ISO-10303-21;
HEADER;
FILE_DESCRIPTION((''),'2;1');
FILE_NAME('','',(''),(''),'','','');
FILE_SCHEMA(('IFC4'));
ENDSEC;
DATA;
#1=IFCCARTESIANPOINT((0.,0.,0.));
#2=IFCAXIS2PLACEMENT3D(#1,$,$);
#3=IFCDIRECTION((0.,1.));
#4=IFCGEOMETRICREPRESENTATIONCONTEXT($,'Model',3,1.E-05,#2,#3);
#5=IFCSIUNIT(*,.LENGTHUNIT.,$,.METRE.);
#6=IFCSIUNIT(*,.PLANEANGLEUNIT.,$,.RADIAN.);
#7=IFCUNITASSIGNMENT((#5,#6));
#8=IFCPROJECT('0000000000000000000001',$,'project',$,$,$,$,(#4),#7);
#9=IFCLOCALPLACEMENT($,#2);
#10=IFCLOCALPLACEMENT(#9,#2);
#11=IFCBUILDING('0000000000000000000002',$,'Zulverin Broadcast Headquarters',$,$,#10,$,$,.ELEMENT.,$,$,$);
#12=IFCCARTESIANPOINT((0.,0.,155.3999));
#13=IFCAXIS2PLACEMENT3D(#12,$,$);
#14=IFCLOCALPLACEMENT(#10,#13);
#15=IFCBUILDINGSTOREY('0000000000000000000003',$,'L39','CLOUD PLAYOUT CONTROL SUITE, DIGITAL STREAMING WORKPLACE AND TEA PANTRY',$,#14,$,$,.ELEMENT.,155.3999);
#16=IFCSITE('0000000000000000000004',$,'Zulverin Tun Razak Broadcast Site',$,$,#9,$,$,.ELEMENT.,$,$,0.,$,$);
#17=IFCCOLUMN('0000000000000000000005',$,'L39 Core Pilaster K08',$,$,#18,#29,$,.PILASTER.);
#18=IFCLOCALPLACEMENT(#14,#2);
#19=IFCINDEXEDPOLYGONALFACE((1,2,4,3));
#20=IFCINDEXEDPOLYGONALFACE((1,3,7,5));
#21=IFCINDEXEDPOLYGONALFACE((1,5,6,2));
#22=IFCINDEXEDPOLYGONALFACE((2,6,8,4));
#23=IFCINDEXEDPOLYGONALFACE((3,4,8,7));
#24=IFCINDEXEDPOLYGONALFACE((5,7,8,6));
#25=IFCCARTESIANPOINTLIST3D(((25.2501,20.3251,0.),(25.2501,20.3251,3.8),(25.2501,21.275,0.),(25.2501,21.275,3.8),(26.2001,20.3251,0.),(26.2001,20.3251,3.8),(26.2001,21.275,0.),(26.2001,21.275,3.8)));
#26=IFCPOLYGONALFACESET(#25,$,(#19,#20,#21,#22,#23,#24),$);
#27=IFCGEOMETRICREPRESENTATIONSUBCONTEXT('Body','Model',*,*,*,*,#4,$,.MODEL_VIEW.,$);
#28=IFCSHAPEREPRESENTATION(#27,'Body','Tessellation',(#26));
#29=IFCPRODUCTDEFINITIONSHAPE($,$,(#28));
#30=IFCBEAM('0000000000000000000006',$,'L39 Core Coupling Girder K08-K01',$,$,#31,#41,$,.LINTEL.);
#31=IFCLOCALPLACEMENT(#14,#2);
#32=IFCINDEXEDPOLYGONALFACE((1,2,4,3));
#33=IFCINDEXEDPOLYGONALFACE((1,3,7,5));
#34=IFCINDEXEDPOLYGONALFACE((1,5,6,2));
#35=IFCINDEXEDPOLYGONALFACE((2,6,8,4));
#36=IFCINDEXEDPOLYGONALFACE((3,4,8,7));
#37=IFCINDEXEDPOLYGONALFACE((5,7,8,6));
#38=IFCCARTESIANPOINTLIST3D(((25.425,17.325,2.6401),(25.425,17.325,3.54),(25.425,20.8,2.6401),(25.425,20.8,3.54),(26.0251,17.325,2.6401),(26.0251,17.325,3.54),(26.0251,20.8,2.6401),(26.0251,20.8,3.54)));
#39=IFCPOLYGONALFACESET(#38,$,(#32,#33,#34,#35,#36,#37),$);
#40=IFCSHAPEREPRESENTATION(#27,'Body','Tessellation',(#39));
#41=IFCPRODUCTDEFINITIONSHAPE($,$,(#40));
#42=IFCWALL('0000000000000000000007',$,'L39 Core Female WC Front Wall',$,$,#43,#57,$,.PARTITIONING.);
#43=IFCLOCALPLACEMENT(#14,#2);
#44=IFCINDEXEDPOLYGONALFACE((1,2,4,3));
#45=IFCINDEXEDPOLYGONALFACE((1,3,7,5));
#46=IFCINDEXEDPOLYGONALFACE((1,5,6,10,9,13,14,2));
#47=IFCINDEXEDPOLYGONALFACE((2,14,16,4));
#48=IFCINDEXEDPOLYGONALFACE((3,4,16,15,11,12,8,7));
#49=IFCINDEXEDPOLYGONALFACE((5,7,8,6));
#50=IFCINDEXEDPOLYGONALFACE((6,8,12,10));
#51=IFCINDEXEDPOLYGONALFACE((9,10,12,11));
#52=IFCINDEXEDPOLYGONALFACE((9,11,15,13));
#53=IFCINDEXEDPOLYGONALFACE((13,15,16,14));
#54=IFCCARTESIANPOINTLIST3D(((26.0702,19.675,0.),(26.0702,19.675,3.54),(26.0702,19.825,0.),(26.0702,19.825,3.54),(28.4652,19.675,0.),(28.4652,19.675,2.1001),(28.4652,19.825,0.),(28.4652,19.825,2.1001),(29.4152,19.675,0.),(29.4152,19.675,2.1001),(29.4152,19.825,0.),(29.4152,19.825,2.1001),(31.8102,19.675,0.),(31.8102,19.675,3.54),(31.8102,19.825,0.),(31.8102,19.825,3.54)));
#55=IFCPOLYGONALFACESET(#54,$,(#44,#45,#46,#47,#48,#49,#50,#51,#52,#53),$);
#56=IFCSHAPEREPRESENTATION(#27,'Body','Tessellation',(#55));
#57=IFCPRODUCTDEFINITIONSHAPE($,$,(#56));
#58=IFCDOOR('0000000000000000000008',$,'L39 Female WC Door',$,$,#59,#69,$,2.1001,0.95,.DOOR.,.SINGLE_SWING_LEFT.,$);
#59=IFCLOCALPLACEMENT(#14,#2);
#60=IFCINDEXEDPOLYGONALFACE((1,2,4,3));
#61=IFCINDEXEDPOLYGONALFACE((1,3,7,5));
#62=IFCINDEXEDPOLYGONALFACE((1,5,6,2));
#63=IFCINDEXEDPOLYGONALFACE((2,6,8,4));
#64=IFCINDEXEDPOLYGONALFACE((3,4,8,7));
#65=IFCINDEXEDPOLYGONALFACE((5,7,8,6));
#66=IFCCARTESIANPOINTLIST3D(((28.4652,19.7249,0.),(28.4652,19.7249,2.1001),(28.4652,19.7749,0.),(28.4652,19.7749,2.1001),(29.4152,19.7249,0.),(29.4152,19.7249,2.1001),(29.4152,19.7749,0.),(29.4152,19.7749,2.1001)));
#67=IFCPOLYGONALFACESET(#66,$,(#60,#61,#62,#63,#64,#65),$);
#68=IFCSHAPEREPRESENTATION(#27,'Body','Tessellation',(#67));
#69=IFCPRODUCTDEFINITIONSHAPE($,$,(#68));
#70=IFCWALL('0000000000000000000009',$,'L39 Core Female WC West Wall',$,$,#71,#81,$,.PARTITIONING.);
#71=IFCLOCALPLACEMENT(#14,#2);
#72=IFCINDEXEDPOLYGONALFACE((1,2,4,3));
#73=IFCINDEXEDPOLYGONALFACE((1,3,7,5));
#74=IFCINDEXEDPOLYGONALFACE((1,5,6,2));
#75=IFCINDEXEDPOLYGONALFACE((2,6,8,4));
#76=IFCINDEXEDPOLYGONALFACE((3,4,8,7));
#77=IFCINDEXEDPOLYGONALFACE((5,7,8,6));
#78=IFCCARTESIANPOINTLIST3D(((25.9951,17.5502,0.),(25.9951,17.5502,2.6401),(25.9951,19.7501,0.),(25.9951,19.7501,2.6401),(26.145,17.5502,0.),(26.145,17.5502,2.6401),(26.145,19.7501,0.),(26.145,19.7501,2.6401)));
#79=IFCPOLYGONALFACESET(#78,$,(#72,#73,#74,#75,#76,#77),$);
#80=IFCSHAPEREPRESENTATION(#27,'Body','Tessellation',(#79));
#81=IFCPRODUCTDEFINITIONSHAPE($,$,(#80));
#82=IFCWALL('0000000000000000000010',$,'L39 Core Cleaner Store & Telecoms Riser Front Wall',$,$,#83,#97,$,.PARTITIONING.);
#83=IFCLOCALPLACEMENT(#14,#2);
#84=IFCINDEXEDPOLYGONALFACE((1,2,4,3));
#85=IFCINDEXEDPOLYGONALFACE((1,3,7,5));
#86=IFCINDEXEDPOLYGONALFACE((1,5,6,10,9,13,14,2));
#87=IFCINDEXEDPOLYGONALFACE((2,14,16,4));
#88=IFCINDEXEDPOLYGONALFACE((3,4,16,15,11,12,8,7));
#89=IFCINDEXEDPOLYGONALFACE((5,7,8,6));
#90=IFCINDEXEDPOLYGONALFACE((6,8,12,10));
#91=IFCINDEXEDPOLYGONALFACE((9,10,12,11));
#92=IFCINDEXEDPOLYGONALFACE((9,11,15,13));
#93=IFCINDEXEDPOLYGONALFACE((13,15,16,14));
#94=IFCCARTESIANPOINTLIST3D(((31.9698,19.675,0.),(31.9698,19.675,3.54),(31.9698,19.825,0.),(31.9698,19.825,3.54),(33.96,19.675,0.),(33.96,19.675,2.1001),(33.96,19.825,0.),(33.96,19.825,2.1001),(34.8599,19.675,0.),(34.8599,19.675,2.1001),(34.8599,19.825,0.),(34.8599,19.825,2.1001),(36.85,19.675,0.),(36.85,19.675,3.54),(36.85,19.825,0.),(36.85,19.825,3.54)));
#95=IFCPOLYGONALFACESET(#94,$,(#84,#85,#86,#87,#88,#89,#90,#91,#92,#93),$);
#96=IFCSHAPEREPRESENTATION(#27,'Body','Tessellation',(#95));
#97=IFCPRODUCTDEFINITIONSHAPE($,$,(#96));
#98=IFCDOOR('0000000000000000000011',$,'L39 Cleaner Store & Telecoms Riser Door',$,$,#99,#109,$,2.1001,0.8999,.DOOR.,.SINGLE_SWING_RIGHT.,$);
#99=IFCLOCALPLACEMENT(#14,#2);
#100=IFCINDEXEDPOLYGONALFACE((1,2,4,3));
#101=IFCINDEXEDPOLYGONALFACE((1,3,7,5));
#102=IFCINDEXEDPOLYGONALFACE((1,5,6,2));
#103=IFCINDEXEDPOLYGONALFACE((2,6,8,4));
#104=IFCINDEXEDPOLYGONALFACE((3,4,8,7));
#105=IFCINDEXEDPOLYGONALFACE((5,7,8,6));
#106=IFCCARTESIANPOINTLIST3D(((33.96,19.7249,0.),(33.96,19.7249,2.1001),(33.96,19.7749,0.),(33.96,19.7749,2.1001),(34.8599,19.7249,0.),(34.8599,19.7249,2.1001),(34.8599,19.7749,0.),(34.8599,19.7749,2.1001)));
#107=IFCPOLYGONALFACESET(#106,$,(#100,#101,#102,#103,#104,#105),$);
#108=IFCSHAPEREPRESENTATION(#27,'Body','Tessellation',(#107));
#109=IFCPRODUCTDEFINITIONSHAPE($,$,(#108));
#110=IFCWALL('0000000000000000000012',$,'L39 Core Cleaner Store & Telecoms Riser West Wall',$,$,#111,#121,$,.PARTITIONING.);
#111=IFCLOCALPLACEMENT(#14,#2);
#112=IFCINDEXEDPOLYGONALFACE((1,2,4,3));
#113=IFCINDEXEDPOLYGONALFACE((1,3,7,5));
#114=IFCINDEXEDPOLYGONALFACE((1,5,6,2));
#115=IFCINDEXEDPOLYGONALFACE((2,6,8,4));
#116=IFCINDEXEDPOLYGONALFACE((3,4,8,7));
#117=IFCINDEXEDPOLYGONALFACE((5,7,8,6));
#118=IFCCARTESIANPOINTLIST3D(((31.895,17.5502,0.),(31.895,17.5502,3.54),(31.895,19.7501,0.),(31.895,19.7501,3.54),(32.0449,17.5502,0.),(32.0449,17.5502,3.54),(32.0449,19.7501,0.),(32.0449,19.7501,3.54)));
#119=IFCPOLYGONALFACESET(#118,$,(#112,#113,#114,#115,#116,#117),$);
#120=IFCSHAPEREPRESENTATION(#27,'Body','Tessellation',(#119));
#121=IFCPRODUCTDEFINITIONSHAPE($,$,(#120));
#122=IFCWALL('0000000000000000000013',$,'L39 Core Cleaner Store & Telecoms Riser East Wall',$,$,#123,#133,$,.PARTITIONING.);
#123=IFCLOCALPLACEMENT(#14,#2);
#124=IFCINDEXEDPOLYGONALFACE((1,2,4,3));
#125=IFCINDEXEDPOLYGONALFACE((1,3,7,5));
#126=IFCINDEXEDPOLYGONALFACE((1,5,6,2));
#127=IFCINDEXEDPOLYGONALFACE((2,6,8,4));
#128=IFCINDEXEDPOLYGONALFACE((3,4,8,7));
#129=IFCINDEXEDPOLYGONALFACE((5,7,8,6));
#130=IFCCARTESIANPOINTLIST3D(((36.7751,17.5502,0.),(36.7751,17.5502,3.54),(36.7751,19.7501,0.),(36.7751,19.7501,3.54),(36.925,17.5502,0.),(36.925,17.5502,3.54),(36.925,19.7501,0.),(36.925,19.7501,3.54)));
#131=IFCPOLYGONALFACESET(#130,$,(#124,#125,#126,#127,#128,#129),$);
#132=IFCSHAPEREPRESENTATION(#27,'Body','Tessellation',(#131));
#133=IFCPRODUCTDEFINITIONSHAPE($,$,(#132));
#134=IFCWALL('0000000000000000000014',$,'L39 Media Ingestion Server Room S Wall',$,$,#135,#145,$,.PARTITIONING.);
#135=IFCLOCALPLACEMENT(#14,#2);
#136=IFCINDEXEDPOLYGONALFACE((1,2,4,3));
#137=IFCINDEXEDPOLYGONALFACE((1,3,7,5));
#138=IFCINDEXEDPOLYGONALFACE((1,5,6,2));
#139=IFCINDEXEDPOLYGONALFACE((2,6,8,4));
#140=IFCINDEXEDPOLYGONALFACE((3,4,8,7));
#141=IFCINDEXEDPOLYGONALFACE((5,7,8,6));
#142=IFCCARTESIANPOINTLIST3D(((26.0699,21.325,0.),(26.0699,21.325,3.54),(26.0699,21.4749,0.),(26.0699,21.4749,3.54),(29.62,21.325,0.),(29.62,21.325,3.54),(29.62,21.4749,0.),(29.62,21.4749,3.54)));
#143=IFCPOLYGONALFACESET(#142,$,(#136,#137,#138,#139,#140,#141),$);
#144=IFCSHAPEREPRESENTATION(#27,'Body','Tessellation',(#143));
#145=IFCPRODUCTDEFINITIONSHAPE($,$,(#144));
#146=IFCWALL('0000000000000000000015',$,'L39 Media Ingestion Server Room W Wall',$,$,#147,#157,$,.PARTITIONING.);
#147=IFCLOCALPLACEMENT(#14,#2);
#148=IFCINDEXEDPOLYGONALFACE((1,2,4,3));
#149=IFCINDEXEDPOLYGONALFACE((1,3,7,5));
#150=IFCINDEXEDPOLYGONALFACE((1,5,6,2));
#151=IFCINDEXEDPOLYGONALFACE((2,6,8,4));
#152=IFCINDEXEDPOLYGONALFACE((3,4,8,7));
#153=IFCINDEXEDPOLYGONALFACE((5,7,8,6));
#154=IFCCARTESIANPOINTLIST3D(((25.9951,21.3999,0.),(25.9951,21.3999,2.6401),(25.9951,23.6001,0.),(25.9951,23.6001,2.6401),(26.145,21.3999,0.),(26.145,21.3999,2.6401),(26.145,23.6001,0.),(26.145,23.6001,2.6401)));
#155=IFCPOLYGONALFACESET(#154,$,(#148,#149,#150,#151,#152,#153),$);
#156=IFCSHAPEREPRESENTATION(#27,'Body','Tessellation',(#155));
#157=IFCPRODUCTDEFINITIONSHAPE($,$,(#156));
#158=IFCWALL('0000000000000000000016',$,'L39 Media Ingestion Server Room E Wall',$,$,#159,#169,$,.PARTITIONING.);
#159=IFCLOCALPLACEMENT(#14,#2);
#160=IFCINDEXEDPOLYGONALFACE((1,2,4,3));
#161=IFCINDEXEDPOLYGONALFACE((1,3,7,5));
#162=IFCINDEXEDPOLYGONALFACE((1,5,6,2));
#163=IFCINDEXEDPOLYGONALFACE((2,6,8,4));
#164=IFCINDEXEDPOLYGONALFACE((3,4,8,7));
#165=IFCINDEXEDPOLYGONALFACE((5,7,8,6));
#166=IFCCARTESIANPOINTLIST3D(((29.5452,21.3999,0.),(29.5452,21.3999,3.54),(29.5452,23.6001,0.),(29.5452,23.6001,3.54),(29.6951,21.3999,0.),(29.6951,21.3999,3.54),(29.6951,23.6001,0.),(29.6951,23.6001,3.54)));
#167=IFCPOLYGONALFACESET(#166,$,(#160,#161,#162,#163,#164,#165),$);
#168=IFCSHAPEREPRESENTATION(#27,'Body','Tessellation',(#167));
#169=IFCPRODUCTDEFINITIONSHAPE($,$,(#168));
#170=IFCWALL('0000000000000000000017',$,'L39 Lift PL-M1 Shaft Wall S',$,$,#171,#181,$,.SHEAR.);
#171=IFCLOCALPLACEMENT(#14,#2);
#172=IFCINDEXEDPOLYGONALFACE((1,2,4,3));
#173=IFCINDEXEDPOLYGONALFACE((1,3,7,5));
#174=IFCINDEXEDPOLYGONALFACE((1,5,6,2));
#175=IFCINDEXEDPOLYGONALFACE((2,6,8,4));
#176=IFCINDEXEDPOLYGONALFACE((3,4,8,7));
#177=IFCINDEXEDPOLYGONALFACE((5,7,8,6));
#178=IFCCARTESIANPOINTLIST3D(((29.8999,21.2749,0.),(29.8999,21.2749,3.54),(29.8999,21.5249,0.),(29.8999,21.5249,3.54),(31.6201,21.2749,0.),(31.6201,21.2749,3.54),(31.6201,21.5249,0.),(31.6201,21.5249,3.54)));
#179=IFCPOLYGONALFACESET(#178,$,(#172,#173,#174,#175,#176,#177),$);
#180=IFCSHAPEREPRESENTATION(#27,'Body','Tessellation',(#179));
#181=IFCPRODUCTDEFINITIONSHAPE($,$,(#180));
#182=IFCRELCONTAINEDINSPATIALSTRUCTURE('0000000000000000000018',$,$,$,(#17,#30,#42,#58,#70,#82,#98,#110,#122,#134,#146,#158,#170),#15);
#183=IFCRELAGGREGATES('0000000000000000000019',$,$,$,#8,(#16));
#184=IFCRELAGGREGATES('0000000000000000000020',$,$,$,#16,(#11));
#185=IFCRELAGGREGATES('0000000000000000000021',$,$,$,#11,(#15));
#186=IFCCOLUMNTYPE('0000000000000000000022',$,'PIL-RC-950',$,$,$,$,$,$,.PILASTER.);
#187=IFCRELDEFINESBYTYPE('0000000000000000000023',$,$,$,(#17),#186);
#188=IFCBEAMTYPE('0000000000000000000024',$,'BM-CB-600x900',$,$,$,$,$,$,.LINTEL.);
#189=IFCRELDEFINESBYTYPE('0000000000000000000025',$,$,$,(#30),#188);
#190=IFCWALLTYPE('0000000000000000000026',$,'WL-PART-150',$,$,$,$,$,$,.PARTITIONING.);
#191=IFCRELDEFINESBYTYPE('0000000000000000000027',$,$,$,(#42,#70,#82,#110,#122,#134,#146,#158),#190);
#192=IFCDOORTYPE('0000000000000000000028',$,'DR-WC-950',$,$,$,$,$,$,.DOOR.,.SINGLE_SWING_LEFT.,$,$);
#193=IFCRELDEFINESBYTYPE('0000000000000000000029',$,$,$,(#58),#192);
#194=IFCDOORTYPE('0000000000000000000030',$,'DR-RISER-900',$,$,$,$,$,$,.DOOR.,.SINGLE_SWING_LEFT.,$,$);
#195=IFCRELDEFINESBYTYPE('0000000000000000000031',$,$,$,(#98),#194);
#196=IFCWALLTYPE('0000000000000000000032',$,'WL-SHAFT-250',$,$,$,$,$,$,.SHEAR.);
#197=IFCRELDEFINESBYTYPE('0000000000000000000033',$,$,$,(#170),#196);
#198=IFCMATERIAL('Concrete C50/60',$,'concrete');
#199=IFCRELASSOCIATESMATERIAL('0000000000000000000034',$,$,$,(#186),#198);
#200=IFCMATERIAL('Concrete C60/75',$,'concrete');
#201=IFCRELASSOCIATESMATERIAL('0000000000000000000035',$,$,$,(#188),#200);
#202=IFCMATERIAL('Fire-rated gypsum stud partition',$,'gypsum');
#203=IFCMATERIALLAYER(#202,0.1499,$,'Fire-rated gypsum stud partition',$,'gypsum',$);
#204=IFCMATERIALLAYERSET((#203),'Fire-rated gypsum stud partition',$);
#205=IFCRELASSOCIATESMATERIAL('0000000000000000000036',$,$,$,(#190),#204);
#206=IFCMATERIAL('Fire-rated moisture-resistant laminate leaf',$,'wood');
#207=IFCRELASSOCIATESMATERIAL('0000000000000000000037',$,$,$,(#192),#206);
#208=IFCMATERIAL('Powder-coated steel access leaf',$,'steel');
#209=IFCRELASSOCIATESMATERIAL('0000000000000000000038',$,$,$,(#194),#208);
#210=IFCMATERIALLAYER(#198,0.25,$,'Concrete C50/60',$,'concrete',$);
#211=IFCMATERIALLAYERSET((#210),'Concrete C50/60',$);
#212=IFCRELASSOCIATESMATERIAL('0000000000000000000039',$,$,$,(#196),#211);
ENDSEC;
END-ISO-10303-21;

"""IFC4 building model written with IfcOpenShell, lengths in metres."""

from ifc_helpers import new_model, si_unit, direction, frame, frame_2d, origin, origin_2d, place, context, subcontext, project, spatial, rectangle, extrude, material, layer, layer_set, material_profile, profile_set, type_object, element, fill, save


model = new_model("IFC4")

# Units and contexts
model_context = context("Model", 3, precision=1e-05, world=origin(), true_north=direction((0.0, 1.0)))
body_context = subcontext(model_context, "Body", "Model", "MODEL_VIEW")
ifc_project = project(units=[si_unit("LENGTHUNIT", "METRE"), si_unit("PLANEANGLEUNIT", "RADIAN")], contexts=[model_context])

# Site, building, storey
site_placement = place(None, origin())
site = spatial("IfcSite", under=ifc_project, at=site_placement, Name="Zulverin Tun Razak Broadcast Site", CompositionType="ELEMENT", RefElevation=0.0)
building_placement = place(site_placement, origin())
building = spatial("IfcBuilding", under=site, at=building_placement, Name="Zulverin Broadcast Headquarters", CompositionType="ELEMENT")
storey_placement = place(building_placement, frame((0.0, 0.0, 155.3999)))
storey = spatial("IfcBuildingStorey", under=building, at=storey_placement, Name="L39", Description="CLOUD PLAYOUT CONTROL SUITE, DIGITAL STREAMING WORKPLACE AND TEA PANTRY", CompositionType="ELEMENT", Elevation=155.3999)

# Column
ifc_material_1 = material(Name="Concrete C50/60", Category="concrete")
ifc_material_profile_1 = material_profile(ifc_material_1, rectangle(XDim=0.95, YDim=0.95, at=origin_2d()), Name="Concrete C50/60", Category="concrete")
ifc_profile_set_1 = profile_set([ifc_material_profile_1], Name="Concrete C50/60")
column_type = type_object("IfcColumnType", Name="PIL-RC-950", PredefinedType="PILASTER", material=ifc_profile_set_1)
column_placement = place(storey_placement, frame((25.7251, 20.8, 0.0), z_axis=(0.0, 0.0, 1.0), x_axis=(1.0, 0.0, 0.0)))
element("IfcColumn", 1, at=column_placement, inside=storey, type_object=column_type, Name="L39 Core Pilaster K08", PredefinedType="PILASTER", context=body_context, shape_type="SweptSolid", body=[
    extrude(rectangle(XDim=0.95, YDim=0.95, at=origin_2d()), origin(), (0.0, 0.0, 1.0), 3.8),
])

# Beam
ifc_material_2 = material(Name="Concrete C60/75", Category="concrete")
ifc_material_profile_2 = material_profile(ifc_material_2, rectangle(XDim=0.6001, YDim=0.8999, at=origin_2d()), Name="Concrete C60/75", Category="concrete")
ifc_profile_set_2 = profile_set([ifc_material_profile_2], Name="Concrete C60/75")
beam_type = type_object("IfcBeamType", Name="BM-CB-600x900", PredefinedType="LINTEL", material=ifc_profile_set_2)
beam_placement = place(storey_placement, frame((25.7251, 20.8, 3.0901), z_axis=(0.0, -1.0, 0.0), x_axis=(1.0, 0.0, 0.0)))
element("IfcBeam", 2, at=beam_placement, inside=storey, type_object=beam_type, Name="L39 Core Coupling Girder K08-K01", PredefinedType="LINTEL", context=body_context, shape_type="SweptSolid", body=[
    extrude(rectangle(XDim=0.6001, YDim=0.8999, at=origin_2d()), origin(), (0.0, 0.0, 1.0), 3.4751),
])

# Wall, opening, door
ifc_material_3 = material(Name="Fire-rated gypsum stud partition", Category="gypsum")
ifc_layer_1 = layer(ifc_material_3, 0.1499, Name="Fire-rated gypsum stud partition", Category="gypsum")
ifc_layer_set_1 = layer_set([ifc_layer_1], Name="Fire-rated gypsum stud partition")
wall_type_1 = type_object("IfcWallType", Name="WL-PART-150", PredefinedType="PARTITIONING", material=ifc_layer_set_1)
wall_1_placement = place(storey_placement, frame((26.0701, 19.75, 0.0), z_axis=(0.0, 0.0, 1.0), x_axis=(1.0, 0.0, 0.0)))
wall_1 = element("IfcWall", 3, at=wall_1_placement, inside=storey, type_object=wall_type_1, Name="L39 Core Female WC Front Wall", PredefinedType="PARTITIONING", context=body_context, shape_type="SweptSolid", body=[
    extrude(rectangle(XDim=5.74, YDim=0.1499, at=frame_2d((2.8701, 0.0))), origin(), (0.0, 0.0, 1.0), 3.54),
])
opening_1_placement = place(wall_1_placement, frame((2.395, 0.0, 0.0)))
opening_1 = element("IfcOpeningElement", 4, at=opening_1_placement, cuts=wall_1, PredefinedType="OPENING", context=body_context, shape_type="SweptSolid", body=[
    extrude(rectangle(XDim=0.95, YDim=2.1001, at=frame_2d((0.4751, 1.05))), frame((0.0, 0.085, 0.0), z_axis=(0.0, -1.0, 0.0), x_axis=(1.0, 0.0, 0.0)), (0.0, 0.0, 1.0), 0.1699),
])
ifc_material_4 = material(Name="Fire-rated moisture-resistant laminate leaf", Category="wood")
door_type_1 = type_object("IfcDoorType", Name="DR-WC-950", OperationType="SINGLE_SWING_LEFT", PredefinedType="DOOR", material=ifc_material_4)
door_1_placement = place(opening_1_placement, origin())
door_1 = element("IfcDoor", 5, at=door_1_placement, inside=storey, type_object=door_type_1, Name="L39 Female WC Door", OperationType="SINGLE_SWING_LEFT", OverallHeight=2.1001, OverallWidth=0.95, PredefinedType="DOOR", context=body_context, shape_type="SweptSolid", body=[
    extrude(rectangle(XDim=0.95, YDim=2.1001, at=frame_2d((0.4751, 1.05))), frame((0.0, 0.0249, 0.0), z_axis=(0.0, -1.0, 0.0), x_axis=(1.0, 0.0, 0.0)), (0.0, 0.0, 1.0), 0.05),
])
fill(opening_1, door_1)

# Wall
wall_2_placement = place(storey_placement, frame((26.0701, 17.55, 0.0), z_axis=(0.0, 0.0, 1.0), x_axis=(0.0, 1.0, 0.0)))
element("IfcWall", 6, at=wall_2_placement, inside=storey, type_object=wall_type_1, Name="L39 Core Female WC West Wall", PredefinedType="PARTITIONING", context=body_context, shape_type="SweptSolid", body=[
    extrude(rectangle(XDim=2.2, YDim=0.1499, at=frame_2d((1.1001, 0.0))), origin(), (0.0, 0.0, 1.0), 2.6401),
])

# Wall, opening, door
wall_3_placement = place(storey_placement, frame((31.97, 19.75, 0.0), z_axis=(0.0, 0.0, 1.0), x_axis=(1.0, 0.0, 0.0)))
wall_3 = element("IfcWall", 7, at=wall_3_placement, inside=storey, type_object=wall_type_1, Name="L39 Core Cleaner Store & Telecoms Riser Front Wall", PredefinedType="PARTITIONING", context=body_context, shape_type="SweptSolid", body=[
    extrude(rectangle(XDim=4.8801, YDim=0.1499, at=frame_2d((2.4399, 0.0))), origin(), (0.0, 0.0, 1.0), 3.54),
])
opening_2_placement = place(wall_3_placement, frame((1.99, 0.0, 0.0)))
opening_2 = element("IfcOpeningElement", 8, at=opening_2_placement, cuts=wall_3, PredefinedType="OPENING", context=body_context, shape_type="SweptSolid", body=[
    extrude(rectangle(XDim=0.8999, YDim=2.1001, at=frame_2d((0.45, 1.05))), frame((0.0, 0.085, 0.0), z_axis=(0.0, -1.0, 0.0), x_axis=(1.0, 0.0, 0.0)), (0.0, 0.0, 1.0), 0.1699),
])
ifc_material_5 = material(Name="Powder-coated steel access leaf", Category="steel")
door_type_2 = type_object("IfcDoorType", Name="DR-RISER-900", OperationType="SINGLE_SWING_LEFT", PredefinedType="DOOR", material=ifc_material_5)
door_2_placement = place(opening_2_placement, origin())
door_2 = element("IfcDoor", 9, at=door_2_placement, inside=storey, type_object=door_type_2, Name="L39 Cleaner Store & Telecoms Riser Door", OperationType="SINGLE_SWING_RIGHT", OverallHeight=2.1001, OverallWidth=0.8999, PredefinedType="DOOR", context=body_context, shape_type="SweptSolid", body=[
    extrude(rectangle(XDim=0.8999, YDim=2.1001, at=frame_2d((0.45, 1.05))), frame((0.0, 0.0249, 0.0), z_axis=(0.0, -1.0, 0.0), x_axis=(1.0, 0.0, 0.0)), (0.0, 0.0, 1.0), 0.05),
])
fill(opening_2, door_2)

# Walls
for number, where, z_axis, x_axis, name in (
    (10, (31.97, 17.55, 0.0), (0.0, 0.0, 1.0), (0.0, 1.0, 0.0), "L39 Core Cleaner Store & Telecoms Riser West Wall"),
    (11, (36.8501, 17.55, 0.0), (0.0, 0.0, 1.0), (0.0, 1.0, 0.0), "L39 Core Cleaner Store & Telecoms Riser East Wall"),
):
    element("IfcWall", number, at=place(storey_placement, frame(where, z_axis=z_axis, x_axis=x_axis)), inside=storey, type_object=wall_type_1, Name=name, PredefinedType="PARTITIONING", context=body_context, shape_type="SweptSolid", body=[
        extrude(rectangle(XDim=2.2, YDim=0.1499, at=frame_2d((1.1001, 0.0))), origin(), (0.0, 0.0, 1.0), 3.54),
    ])
wall_4_placement = place(storey_placement, frame((26.0701, 21.3999, 0.0), z_axis=(0.0, 0.0, 1.0), x_axis=(1.0, 0.0, 0.0)))
element("IfcWall", 12, at=wall_4_placement, inside=storey, type_object=wall_type_1, Name="L39 Media Ingestion Server Room S Wall", PredefinedType="PARTITIONING", context=body_context, shape_type="SweptSolid", body=[
    extrude(rectangle(XDim=3.55, YDim=0.1499, at=frame_2d((1.7749, 0.0))), origin(), (0.0, 0.0, 1.0), 3.54),
])
wall_5_placement = place(storey_placement, frame((26.0701, 21.3999, 0.0), z_axis=(0.0, 0.0, 1.0), x_axis=(0.0, 1.0, 0.0)))
element("IfcWall", 13, at=wall_5_placement, inside=storey, type_object=wall_type_1, Name="L39 Media Ingestion Server Room W Wall", PredefinedType="PARTITIONING", context=body_context, shape_type="SweptSolid", body=[
    extrude(rectangle(XDim=2.2002, YDim=0.1499, at=frame_2d((1.1001, 0.0))), origin(), (0.0, 0.0, 1.0), 2.6401),
])
wall_6_placement = place(storey_placement, frame((29.6201, 21.3999, 0.0), z_axis=(0.0, 0.0, 1.0), x_axis=(0.0, 1.0, 0.0)))
element("IfcWall", 14, at=wall_6_placement, inside=storey, type_object=wall_type_1, Name="L39 Media Ingestion Server Room E Wall", PredefinedType="PARTITIONING", context=body_context, shape_type="SweptSolid", body=[
    extrude(rectangle(XDim=2.2002, YDim=0.1499, at=frame_2d((1.1001, 0.0))), origin(), (0.0, 0.0, 1.0), 3.54),
])
ifc_layer_2 = layer(ifc_material_1, 0.25, Name="Concrete C50/60", Category="concrete")
ifc_layer_set_2 = layer_set([ifc_layer_2], Name="Concrete C50/60")
wall_type_2 = type_object("IfcWallType", Name="WL-SHAFT-250", PredefinedType="SHEAR", material=ifc_layer_set_2)
wall_7_placement = place(storey_placement, frame((29.8999, 21.3999, 0.0), z_axis=(0.0, 0.0, 1.0), x_axis=(1.0, 0.0, 0.0)))
element("IfcWall", 15, at=wall_7_placement, inside=storey, type_object=wall_type_2, Name="L39 Lift PL-M1 Shaft Wall S", PredefinedType="SHEAR", context=body_context, shape_type="SweptSolid", body=[
    extrude(rectangle(XDim=1.7202, YDim=0.25, at=frame_2d((0.8601, 0.0))), origin(), (0.0, 0.0, 1.0), 3.54),
])

save(model, "model.ifc")
